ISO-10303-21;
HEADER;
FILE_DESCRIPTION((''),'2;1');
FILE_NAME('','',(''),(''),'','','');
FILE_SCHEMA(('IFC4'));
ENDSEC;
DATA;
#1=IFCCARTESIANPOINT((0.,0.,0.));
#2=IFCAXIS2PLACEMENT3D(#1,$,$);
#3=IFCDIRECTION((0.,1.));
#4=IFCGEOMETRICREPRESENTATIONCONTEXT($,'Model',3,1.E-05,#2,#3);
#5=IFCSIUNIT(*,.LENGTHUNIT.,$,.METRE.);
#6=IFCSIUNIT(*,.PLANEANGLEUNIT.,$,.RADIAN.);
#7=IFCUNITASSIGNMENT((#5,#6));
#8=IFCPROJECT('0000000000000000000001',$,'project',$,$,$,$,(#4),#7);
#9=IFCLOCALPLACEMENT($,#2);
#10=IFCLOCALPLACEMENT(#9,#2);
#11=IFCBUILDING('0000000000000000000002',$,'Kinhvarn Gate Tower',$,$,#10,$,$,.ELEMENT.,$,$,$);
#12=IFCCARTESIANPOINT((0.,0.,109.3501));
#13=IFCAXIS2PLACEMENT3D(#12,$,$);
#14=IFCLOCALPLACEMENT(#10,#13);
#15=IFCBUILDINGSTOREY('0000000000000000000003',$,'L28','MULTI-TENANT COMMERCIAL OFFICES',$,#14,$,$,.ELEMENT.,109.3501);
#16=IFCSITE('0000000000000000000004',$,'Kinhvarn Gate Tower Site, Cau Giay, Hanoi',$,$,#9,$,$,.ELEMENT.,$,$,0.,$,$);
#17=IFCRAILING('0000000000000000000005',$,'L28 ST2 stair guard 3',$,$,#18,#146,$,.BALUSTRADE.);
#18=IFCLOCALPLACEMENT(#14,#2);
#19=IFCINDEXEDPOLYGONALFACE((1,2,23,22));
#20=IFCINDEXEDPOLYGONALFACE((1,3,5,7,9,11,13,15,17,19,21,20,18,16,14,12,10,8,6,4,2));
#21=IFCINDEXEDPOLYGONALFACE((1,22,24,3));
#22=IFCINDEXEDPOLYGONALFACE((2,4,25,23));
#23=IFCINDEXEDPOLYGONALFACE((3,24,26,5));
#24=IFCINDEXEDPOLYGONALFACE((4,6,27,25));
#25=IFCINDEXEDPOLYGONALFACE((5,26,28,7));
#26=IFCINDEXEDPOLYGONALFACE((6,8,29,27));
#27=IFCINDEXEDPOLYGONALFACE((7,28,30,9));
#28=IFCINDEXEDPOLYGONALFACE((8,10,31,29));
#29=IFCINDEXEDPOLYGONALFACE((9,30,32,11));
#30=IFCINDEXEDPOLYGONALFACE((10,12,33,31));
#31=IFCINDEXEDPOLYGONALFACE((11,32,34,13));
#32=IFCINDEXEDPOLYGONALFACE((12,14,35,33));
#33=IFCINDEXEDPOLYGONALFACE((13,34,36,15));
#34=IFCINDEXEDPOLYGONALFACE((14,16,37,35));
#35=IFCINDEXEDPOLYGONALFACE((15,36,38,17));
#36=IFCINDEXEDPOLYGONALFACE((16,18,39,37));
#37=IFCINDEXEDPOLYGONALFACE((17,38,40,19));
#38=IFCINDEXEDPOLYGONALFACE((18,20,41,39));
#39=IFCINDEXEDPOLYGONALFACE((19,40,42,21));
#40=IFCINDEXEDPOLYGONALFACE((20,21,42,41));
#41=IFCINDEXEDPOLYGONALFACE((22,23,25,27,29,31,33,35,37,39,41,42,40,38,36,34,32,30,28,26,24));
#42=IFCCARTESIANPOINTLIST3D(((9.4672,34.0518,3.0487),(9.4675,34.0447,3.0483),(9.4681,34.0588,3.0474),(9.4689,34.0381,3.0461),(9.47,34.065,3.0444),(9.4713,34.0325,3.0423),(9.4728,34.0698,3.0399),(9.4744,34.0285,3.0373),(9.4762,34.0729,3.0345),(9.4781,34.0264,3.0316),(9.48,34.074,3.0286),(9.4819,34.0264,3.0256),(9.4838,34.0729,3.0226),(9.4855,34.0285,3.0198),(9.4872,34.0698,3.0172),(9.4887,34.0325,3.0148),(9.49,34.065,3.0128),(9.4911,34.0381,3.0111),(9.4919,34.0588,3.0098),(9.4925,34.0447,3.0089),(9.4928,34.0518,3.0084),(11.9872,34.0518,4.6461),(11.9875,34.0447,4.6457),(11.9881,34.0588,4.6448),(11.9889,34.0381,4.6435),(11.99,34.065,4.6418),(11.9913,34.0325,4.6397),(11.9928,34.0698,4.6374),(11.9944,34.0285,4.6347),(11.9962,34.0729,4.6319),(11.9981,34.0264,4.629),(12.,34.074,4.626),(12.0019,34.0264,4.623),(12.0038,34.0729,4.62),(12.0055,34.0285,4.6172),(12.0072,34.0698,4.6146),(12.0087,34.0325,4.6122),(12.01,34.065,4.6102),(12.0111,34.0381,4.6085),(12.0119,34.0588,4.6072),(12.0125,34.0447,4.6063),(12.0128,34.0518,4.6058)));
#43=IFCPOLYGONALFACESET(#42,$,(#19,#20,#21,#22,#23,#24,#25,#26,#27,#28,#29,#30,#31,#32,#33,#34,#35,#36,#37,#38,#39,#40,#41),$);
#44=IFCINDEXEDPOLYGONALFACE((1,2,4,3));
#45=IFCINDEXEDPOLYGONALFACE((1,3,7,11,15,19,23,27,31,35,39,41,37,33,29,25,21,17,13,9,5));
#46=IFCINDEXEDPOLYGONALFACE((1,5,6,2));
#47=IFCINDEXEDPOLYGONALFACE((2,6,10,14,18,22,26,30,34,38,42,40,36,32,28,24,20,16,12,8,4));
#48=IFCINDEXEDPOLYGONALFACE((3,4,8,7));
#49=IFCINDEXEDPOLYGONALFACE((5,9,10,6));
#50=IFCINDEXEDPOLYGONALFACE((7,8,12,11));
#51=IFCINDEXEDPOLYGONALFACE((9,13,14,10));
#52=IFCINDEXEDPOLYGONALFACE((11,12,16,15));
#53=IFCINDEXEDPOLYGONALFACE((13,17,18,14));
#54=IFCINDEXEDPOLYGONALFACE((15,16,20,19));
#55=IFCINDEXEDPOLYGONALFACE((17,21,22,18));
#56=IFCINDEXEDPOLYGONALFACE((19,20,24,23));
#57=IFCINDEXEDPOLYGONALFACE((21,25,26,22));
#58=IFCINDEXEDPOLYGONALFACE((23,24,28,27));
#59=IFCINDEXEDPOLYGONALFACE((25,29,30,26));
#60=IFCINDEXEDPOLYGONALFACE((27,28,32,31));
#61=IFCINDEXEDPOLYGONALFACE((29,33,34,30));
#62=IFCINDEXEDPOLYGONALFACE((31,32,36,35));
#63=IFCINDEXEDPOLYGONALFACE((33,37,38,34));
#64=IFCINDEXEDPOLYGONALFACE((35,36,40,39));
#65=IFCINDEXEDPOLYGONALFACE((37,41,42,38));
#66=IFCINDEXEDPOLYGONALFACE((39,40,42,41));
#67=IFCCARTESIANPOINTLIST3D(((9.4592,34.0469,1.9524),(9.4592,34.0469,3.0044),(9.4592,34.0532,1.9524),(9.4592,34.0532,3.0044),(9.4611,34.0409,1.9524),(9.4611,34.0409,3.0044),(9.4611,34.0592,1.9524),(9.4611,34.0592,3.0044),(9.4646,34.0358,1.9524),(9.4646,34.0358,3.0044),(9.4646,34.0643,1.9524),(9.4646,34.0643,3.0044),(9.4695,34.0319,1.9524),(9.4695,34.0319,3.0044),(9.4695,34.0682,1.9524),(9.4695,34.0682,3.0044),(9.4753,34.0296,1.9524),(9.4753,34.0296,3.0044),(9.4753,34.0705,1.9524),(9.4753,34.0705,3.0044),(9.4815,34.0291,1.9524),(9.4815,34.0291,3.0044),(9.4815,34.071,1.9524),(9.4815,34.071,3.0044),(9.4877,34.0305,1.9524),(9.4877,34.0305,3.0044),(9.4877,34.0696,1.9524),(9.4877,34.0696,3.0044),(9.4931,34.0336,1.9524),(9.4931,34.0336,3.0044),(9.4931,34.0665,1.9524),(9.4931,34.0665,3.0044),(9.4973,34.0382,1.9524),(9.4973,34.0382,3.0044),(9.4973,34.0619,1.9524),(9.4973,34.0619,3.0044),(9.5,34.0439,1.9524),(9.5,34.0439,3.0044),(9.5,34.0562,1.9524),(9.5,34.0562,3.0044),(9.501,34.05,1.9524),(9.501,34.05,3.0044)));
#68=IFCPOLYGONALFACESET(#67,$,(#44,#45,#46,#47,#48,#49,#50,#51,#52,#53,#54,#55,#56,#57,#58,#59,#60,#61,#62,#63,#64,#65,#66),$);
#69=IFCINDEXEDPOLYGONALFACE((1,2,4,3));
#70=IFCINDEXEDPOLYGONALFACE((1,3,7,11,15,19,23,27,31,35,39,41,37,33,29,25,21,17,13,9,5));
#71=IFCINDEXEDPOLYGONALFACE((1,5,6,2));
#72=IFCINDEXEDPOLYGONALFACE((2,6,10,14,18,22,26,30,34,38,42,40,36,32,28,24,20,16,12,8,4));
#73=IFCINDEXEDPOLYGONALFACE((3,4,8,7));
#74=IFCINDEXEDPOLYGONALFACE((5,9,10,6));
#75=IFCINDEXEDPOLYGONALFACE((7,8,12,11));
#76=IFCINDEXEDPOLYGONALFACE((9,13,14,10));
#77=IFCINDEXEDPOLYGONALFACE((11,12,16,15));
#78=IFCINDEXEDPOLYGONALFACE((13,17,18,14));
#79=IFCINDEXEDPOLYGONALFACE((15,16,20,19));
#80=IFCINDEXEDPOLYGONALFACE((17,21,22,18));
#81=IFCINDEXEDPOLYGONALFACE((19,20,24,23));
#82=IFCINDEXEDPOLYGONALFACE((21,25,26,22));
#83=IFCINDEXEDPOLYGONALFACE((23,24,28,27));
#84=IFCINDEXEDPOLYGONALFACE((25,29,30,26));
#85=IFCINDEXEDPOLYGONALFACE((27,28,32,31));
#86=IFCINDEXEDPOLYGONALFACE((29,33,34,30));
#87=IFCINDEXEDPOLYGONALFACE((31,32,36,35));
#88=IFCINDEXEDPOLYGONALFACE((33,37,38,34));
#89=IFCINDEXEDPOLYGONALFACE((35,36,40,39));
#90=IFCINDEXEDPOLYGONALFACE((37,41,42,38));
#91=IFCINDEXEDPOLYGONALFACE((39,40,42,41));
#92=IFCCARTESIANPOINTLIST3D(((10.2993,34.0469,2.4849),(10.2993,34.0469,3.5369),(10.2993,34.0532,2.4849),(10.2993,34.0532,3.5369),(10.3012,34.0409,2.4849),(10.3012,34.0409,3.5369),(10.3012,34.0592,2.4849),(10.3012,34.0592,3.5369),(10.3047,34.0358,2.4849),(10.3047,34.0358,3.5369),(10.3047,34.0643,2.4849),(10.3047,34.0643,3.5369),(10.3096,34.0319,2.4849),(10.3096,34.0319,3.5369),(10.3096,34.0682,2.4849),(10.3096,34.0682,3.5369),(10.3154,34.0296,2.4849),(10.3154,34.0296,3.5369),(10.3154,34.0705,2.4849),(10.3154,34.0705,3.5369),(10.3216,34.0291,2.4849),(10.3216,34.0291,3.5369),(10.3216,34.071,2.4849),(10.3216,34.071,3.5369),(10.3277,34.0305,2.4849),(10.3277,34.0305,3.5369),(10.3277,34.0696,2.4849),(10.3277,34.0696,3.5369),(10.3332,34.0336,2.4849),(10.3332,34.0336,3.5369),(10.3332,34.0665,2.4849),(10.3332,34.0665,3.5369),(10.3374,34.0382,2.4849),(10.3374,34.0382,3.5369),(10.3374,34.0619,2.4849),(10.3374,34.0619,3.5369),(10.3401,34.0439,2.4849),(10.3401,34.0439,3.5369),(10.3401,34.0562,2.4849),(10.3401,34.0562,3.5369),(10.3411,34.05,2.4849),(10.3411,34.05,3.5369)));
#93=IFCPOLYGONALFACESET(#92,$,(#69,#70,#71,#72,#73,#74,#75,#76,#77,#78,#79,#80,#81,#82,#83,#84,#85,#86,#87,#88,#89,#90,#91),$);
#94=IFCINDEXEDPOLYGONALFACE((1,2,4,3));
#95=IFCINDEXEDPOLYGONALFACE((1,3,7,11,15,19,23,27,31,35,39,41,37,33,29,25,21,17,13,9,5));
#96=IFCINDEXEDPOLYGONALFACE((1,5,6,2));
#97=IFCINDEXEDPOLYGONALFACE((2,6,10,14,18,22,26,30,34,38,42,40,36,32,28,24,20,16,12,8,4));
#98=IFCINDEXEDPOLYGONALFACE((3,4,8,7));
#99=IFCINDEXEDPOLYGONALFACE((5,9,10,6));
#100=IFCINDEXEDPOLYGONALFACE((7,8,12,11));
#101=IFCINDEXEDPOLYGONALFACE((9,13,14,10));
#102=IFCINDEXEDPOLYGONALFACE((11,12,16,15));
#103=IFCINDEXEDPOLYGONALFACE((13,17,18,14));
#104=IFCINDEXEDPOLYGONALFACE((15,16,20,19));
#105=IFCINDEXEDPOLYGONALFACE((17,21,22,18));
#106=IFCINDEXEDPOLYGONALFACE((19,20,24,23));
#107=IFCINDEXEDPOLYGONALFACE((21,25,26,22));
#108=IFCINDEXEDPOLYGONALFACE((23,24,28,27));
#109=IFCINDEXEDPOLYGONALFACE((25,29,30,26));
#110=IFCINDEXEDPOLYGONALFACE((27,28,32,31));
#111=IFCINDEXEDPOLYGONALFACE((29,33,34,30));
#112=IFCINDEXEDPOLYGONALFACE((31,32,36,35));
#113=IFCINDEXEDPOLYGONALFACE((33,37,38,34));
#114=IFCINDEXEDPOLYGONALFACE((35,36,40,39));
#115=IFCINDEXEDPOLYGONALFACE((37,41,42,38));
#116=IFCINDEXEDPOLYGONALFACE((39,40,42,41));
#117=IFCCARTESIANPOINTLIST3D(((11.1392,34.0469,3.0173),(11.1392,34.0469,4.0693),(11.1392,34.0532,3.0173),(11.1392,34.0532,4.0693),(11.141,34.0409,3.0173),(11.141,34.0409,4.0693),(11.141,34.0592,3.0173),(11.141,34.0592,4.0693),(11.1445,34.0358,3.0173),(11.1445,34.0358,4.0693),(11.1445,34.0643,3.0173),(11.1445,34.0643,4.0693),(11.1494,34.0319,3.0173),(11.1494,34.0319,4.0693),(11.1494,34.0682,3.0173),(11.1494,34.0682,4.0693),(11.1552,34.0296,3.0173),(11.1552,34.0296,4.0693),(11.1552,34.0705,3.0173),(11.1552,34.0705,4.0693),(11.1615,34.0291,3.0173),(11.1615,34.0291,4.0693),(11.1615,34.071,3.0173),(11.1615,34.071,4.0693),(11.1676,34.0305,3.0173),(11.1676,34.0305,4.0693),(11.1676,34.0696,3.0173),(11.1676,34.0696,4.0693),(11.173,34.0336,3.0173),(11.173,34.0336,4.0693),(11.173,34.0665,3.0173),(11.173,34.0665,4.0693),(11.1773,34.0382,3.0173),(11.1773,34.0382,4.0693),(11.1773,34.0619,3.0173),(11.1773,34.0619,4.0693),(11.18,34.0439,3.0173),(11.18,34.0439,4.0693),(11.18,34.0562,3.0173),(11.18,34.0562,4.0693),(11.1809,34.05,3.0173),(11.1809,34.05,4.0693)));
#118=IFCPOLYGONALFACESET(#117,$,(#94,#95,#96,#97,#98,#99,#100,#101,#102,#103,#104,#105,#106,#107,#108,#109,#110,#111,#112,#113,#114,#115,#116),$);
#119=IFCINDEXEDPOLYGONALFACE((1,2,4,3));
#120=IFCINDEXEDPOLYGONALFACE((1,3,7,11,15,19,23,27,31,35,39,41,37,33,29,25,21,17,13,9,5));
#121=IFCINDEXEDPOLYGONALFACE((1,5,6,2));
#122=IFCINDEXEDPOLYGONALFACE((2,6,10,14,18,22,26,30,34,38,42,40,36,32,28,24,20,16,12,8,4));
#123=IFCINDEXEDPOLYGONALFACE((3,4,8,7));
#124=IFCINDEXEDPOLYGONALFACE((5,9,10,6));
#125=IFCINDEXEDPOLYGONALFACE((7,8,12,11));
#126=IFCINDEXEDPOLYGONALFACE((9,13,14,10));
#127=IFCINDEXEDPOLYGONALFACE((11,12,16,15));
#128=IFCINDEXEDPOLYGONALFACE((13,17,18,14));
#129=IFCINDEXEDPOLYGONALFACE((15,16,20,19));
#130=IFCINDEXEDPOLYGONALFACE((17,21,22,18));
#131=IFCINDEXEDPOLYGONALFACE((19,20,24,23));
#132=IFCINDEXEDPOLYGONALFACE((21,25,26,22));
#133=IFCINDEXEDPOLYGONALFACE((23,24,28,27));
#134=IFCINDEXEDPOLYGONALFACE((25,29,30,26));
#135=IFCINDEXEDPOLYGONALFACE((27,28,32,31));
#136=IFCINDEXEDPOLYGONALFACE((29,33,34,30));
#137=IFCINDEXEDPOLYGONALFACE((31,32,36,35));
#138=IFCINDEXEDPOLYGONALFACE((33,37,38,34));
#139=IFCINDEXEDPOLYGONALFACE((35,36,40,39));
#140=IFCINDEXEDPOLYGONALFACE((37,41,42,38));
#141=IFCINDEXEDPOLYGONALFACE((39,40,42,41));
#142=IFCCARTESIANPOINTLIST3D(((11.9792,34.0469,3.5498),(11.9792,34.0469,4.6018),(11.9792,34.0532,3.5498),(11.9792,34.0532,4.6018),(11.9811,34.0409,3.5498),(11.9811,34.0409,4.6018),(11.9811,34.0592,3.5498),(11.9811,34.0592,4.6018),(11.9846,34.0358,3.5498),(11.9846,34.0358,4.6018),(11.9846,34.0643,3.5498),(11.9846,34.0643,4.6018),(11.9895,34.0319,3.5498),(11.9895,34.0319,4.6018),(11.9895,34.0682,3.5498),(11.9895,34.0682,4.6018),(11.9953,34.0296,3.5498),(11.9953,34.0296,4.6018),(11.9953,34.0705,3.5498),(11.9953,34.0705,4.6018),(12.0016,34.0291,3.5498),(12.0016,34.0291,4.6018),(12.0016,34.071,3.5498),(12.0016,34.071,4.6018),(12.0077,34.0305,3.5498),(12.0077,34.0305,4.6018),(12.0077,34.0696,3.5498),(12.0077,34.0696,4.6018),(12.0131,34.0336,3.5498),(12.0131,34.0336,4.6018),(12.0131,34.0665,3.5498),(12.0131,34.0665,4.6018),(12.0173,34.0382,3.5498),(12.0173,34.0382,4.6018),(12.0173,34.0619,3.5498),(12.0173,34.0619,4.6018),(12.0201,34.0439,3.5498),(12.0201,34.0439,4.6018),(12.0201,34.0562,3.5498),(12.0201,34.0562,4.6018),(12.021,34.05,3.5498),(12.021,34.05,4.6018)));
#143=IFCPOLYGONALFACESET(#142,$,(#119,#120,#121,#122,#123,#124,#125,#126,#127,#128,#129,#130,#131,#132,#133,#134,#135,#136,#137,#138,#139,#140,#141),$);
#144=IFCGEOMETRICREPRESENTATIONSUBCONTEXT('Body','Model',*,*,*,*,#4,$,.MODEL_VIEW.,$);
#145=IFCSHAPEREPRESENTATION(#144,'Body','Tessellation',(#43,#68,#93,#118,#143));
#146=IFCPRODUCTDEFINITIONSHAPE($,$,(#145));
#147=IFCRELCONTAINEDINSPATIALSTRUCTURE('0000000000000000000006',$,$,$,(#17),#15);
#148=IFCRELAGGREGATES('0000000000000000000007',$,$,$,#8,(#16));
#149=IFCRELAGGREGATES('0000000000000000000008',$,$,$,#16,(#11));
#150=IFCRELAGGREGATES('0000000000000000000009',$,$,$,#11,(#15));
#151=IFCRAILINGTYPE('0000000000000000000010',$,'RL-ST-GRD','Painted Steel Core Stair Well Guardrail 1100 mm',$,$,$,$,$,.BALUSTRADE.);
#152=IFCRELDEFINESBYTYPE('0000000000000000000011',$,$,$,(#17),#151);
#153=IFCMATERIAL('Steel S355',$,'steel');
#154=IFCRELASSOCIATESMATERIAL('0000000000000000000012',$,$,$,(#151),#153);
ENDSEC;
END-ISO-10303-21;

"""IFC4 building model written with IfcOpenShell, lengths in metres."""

from ifc_helpers import new_model, si_unit, direction, frame, origin, origin_2d, place, context, subcontext, project, spatial, circle, extrude, material, type_object, element, save


model = new_model("IFC4")

# Units and contexts
model_context = context("Model", 3, precision=1e-05, world=origin(), true_north=direction((0.0, 1.0)))
body_context = subcontext(model_context, "Body", "Model", "MODEL_VIEW")
ifc_project = project(units=[si_unit("LENGTHUNIT", "METRE"), si_unit("PLANEANGLEUNIT", "RADIAN")], contexts=[model_context])

# Site, building, storey
site_placement = place(None, origin())
site = spatial("IfcSite", under=ifc_project, at=site_placement, Name="Kinhvarn Gate Tower Site, Cau Giay, Hanoi", CompositionType="ELEMENT", RefElevation=0.0)
building_placement = place(site_placement, origin())
building = spatial("IfcBuilding", under=site, at=building_placement, Name="Kinhvarn Gate Tower", CompositionType="ELEMENT")
storey_placement = place(building_placement, frame((0.0, 0.0, 109.3501)))
storey = spatial("IfcBuildingStorey", under=building, at=storey_placement, Name="L28", Description="MULTI-TENANT COMMERCIAL OFFICES", CompositionType="ELEMENT", Elevation=109.3501)

# Shared definitions
ifc_material_1 = material(Name="Steel S355", Category="steel")

# Railing
railing_type_1 = type_object("IfcRailingType", Name="RL-ST-GRD", Description="Painted Steel Core Stair Well Guardrail 1100 mm", PredefinedType="BALUSTRADE", material=ifc_material_1)
railing_1_placement = place(storey_placement, frame((9.48, 34.05, 1.9524)))
element("IfcRailing", 1, at=railing_1_placement, inside=storey, type_object=railing_type_1, Name="L28 ST2 stair guard 3", PredefinedType="BALUSTRADE", context=body_context, shape_type="SweptSolid", body=[
    extrude(circle(Radius=0.0239, at=origin_2d()), frame((0.0, 0.0, 1.0762), z_axis=(0.844607, 0.0, 0.535387), x_axis=(0.0, 1.0, 0.0)), (0.0, 0.0, 1.0), 2.9836),
    extrude(circle(Radius=0.021, at=origin_2d()), origin(), (0.0, 0.0, 1.0), 1.052),
    extrude(circle(Radius=0.021, at=origin_2d()), frame((0.8401, 0.0, 0.5325)), (0.0, 0.0, 1.0), 1.052),
    extrude(circle(Radius=0.021, at=origin_2d()), frame((1.6799, 0.0, 1.0649)), (0.0, 0.0, 1.0), 1.052),
    extrude(circle(Radius=0.021, at=origin_2d()), frame((2.52, 0.0, 1.5974)), (0.0, 0.0, 1.0), 1.052),
])

save(model, "model.ifc")
